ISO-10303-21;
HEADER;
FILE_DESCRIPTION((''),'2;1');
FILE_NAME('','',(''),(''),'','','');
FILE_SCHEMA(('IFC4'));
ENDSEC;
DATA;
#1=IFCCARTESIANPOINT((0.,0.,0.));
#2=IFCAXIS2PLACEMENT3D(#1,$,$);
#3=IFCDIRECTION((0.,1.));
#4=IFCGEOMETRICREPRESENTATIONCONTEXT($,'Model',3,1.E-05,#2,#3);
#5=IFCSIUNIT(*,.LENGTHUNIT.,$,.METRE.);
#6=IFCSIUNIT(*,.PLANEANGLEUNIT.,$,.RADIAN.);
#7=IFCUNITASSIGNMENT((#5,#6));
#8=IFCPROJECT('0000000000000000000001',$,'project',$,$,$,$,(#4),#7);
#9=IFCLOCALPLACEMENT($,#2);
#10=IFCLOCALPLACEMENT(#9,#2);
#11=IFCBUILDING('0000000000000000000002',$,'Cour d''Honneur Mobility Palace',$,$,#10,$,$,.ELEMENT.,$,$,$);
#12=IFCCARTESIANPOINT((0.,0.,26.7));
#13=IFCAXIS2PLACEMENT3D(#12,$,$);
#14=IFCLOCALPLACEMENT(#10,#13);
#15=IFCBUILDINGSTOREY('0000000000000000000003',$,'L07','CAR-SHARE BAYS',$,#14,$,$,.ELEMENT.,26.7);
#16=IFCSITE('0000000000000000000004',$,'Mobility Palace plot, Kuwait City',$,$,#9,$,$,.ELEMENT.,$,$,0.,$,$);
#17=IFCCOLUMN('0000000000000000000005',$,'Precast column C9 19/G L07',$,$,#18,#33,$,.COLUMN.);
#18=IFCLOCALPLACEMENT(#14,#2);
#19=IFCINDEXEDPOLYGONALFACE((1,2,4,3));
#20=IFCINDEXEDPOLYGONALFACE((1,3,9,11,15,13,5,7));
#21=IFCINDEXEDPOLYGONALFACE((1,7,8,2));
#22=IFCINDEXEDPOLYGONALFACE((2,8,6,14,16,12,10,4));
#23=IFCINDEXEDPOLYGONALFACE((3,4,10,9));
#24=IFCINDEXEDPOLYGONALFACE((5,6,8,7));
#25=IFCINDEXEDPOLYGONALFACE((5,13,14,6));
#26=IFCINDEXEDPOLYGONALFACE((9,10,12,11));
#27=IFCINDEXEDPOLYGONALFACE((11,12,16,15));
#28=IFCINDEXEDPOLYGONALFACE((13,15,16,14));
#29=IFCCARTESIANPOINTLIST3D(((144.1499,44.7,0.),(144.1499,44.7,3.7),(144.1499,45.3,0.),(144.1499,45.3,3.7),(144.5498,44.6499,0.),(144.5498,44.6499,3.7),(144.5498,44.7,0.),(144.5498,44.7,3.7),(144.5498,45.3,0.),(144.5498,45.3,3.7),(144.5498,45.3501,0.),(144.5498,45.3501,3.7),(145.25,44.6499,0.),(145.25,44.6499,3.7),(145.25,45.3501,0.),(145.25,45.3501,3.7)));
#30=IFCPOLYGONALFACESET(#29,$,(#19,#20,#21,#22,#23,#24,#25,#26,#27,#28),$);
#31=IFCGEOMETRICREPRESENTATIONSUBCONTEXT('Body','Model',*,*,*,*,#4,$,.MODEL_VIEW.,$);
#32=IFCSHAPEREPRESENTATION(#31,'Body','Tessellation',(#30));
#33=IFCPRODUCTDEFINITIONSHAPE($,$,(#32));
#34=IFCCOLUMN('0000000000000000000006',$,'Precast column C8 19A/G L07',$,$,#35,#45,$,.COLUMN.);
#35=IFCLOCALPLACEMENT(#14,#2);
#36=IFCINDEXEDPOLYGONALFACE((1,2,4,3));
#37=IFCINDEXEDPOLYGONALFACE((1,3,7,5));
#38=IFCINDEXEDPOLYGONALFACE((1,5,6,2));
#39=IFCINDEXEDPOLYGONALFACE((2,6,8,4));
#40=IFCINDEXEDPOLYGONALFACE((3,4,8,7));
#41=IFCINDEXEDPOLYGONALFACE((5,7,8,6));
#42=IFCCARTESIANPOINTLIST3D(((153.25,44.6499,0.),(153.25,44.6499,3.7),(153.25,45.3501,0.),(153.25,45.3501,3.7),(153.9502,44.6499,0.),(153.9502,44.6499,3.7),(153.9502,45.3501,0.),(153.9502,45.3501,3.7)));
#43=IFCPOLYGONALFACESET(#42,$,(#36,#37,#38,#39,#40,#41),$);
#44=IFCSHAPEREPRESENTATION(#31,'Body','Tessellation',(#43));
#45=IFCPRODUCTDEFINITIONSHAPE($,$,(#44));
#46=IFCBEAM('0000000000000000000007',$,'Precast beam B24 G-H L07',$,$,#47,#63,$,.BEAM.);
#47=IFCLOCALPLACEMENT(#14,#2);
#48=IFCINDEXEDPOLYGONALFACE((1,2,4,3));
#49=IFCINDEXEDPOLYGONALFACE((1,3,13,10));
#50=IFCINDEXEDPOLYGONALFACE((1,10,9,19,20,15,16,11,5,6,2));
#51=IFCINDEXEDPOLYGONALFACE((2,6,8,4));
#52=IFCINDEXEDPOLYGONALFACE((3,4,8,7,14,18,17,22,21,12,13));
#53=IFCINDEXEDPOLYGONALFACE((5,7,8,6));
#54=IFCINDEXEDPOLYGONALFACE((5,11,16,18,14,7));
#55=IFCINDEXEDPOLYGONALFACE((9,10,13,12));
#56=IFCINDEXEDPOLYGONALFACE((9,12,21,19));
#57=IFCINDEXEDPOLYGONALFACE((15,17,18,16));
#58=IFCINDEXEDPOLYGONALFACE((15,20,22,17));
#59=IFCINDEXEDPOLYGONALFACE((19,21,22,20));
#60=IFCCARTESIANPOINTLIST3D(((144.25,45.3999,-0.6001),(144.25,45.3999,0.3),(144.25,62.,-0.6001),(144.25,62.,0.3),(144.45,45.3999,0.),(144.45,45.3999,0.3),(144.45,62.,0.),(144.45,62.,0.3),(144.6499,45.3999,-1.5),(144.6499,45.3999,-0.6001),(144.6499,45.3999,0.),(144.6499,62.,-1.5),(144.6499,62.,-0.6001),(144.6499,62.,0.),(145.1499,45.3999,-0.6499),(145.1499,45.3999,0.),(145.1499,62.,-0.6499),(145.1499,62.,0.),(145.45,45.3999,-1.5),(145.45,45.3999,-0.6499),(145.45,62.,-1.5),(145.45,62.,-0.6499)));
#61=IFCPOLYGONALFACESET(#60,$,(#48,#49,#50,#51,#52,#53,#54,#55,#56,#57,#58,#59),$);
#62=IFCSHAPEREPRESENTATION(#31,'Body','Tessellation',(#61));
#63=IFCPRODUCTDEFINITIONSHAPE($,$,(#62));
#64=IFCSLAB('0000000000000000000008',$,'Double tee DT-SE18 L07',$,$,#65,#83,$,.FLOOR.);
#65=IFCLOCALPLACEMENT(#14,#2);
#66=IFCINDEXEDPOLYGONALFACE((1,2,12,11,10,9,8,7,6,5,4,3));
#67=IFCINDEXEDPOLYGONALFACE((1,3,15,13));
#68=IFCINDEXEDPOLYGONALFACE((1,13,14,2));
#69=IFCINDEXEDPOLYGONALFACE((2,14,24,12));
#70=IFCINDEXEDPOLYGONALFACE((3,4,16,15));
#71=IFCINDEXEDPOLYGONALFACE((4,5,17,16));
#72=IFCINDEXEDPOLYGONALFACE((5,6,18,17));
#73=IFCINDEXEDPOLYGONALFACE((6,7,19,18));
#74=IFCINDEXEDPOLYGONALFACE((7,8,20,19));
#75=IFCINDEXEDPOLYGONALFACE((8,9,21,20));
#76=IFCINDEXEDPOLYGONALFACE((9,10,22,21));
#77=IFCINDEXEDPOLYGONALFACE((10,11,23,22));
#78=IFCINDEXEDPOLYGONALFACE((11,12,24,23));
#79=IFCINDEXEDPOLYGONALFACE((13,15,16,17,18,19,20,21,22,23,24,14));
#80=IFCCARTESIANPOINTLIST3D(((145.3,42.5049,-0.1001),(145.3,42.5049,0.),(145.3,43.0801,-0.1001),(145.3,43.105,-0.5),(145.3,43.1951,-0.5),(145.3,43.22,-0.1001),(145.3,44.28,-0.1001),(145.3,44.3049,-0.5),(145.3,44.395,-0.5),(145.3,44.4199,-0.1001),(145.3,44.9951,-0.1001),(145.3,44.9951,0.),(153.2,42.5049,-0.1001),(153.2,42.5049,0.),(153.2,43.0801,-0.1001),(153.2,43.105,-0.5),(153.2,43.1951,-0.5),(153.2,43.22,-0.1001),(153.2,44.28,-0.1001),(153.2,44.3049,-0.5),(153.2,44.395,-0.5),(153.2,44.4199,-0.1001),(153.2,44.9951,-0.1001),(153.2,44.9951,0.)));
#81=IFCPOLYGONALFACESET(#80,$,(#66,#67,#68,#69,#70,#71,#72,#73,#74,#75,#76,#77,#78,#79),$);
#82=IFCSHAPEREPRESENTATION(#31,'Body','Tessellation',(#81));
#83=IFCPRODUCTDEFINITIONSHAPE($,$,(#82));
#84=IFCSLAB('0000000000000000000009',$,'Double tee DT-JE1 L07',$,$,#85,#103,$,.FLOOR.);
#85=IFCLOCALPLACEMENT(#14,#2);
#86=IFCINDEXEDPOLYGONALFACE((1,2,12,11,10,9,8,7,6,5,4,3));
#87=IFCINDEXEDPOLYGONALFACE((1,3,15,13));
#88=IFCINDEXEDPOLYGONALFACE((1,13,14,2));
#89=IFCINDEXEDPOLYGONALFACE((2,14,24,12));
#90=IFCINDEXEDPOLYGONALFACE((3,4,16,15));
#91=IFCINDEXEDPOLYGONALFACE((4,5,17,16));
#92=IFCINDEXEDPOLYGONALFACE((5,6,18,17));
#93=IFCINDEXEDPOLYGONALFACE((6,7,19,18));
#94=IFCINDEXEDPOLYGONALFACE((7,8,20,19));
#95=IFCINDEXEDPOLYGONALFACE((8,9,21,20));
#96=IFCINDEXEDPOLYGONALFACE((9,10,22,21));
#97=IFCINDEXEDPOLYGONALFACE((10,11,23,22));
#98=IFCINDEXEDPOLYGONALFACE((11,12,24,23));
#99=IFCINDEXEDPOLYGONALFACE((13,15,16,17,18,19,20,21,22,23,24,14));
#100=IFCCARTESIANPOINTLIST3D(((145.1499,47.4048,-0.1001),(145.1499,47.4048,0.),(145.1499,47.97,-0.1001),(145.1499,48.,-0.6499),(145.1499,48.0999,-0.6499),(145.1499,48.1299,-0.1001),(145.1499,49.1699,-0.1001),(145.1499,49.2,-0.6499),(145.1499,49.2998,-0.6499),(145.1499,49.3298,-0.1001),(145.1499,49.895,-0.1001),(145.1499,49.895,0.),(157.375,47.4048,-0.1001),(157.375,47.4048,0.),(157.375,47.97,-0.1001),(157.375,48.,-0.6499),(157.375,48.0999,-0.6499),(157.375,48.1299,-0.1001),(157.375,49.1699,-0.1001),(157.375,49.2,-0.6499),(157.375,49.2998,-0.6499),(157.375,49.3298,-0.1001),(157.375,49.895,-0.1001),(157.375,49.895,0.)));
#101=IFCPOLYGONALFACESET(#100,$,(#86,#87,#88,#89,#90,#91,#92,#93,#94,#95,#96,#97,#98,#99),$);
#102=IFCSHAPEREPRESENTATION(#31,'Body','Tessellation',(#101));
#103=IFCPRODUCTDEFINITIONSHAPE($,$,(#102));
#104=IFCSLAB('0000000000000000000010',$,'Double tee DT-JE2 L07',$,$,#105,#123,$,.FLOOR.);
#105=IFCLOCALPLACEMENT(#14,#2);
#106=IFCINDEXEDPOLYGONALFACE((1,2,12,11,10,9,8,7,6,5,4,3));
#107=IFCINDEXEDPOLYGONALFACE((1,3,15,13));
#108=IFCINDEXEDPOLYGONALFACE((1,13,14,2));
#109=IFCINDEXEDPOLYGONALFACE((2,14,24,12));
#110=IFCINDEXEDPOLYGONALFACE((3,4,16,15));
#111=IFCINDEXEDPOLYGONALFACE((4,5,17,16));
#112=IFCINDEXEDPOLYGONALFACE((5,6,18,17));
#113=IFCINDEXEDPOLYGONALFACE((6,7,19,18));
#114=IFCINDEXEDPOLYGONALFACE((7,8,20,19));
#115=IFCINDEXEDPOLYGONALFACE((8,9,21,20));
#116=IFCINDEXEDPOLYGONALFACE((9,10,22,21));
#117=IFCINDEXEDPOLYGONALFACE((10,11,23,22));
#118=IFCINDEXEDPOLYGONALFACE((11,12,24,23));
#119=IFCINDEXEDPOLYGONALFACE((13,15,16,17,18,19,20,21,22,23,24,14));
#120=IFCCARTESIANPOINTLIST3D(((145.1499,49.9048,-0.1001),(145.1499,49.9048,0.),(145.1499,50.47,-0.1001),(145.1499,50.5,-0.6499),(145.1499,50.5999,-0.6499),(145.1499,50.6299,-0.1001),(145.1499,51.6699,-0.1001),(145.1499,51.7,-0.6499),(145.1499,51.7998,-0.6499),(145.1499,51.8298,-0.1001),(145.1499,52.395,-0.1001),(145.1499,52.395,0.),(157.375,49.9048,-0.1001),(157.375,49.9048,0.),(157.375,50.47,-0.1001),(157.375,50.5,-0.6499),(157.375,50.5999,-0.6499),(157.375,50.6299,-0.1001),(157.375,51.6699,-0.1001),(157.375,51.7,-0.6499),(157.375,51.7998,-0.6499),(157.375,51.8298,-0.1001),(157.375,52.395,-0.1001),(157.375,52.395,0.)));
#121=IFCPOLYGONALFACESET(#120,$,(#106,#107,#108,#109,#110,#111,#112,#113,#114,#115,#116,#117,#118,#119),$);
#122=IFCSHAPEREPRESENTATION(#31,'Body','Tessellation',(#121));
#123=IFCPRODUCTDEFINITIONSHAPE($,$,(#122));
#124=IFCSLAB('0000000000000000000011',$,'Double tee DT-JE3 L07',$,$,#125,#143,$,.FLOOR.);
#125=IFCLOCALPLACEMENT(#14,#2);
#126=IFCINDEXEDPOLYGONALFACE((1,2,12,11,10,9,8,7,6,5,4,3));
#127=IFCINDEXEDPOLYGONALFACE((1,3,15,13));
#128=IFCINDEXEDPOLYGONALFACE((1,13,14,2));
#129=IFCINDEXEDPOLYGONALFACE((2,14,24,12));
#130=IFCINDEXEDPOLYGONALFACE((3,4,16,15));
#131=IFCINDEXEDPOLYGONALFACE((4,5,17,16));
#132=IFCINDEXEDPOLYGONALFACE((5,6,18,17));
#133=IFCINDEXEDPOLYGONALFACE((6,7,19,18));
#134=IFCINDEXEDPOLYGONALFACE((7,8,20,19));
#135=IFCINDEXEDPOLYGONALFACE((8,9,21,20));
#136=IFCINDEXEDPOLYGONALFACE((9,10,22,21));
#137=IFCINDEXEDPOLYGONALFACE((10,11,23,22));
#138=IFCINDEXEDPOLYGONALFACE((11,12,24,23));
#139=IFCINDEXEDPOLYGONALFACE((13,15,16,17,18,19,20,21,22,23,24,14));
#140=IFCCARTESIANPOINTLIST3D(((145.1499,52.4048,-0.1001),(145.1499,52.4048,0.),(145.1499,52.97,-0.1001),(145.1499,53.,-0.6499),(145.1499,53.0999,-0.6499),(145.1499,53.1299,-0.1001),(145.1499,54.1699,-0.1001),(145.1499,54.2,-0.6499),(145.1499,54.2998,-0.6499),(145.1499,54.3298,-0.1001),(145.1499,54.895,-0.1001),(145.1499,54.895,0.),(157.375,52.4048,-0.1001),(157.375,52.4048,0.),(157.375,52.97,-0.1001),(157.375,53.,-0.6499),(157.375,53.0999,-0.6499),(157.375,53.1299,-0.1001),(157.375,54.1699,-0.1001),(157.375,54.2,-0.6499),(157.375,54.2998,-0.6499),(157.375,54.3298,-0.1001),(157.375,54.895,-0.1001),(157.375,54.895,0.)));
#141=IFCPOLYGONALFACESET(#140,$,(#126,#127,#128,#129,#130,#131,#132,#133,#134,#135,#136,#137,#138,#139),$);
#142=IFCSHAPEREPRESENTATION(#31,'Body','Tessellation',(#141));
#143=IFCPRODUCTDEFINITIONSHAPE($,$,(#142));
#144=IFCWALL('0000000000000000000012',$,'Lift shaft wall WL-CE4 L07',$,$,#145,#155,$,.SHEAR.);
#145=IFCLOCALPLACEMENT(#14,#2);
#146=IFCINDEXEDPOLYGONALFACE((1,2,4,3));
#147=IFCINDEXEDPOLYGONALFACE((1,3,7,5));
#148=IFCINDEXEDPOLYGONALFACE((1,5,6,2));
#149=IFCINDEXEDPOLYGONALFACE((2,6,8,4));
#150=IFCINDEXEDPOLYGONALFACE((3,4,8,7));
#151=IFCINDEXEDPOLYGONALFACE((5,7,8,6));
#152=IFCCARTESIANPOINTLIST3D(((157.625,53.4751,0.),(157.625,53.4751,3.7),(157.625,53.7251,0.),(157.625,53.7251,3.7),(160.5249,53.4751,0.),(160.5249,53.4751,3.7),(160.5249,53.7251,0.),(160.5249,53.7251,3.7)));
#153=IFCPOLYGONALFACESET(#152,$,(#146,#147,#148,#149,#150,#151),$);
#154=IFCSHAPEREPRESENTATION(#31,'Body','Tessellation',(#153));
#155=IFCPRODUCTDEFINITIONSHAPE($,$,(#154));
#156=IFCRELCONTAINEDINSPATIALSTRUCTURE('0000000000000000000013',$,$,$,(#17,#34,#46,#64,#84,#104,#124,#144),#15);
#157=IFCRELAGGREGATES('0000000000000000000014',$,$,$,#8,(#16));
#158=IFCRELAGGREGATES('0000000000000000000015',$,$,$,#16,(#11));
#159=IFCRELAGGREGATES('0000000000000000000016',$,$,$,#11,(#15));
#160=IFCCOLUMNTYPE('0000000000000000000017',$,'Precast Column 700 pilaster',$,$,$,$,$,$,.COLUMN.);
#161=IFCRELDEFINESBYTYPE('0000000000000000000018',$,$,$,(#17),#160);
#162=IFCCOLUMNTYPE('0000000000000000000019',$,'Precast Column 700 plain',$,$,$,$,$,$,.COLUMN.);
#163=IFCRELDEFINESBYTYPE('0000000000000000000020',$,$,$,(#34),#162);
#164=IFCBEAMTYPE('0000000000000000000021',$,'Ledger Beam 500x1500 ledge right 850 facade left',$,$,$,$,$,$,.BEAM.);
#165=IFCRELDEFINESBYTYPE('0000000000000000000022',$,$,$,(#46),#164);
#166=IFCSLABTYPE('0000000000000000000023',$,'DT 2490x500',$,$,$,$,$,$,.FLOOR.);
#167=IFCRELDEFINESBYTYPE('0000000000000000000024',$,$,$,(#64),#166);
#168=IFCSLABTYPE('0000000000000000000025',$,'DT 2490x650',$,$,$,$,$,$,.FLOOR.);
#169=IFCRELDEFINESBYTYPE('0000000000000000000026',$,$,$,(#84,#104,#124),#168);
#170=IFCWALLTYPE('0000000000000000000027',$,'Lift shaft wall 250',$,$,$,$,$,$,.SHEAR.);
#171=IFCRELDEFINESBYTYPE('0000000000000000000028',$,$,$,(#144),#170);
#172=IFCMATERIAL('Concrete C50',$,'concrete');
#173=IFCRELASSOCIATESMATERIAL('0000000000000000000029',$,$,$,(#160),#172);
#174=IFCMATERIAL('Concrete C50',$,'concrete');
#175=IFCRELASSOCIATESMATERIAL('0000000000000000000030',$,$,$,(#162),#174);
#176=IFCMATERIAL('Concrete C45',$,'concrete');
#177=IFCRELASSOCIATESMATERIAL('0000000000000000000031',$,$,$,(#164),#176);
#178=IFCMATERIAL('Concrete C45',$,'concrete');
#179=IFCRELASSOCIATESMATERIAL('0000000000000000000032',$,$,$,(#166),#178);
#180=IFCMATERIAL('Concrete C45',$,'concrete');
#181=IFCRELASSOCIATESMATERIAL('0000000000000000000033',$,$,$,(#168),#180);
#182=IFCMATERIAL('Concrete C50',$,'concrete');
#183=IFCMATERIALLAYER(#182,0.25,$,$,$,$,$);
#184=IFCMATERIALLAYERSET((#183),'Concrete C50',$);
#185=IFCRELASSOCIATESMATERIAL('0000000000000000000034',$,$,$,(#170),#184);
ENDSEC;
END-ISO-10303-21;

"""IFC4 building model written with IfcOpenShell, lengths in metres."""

from ifc_helpers import new_model, si_unit, direction, frame, frame_2d, origin, place, context, subcontext, project, spatial, polyline, rectangle, outline, extrude, material, layer, layer_set, material_profile, profile_set, type_object, element, save


model = new_model("IFC4")

# Units and contexts
model_context = context("Model", 3, precision=1e-05, world=origin(), true_north=direction((0.0, 1.0)))
body_context = subcontext(model_context, "Body", "Model", "MODEL_VIEW")
ifc_project = project(units=[si_unit("LENGTHUNIT", "METRE"), si_unit("PLANEANGLEUNIT", "RADIAN")], contexts=[model_context])

# Site, building, storey
site_placement = place(None, origin())
site = spatial("IfcSite", under=ifc_project, at=site_placement, Name="Mobility Palace plot, Kuwait City", CompositionType="ELEMENT", RefElevation=0.0)
building_placement = place(site_placement, origin())
building = spatial("IfcBuilding", under=site, at=building_placement, Name="Cour d'Honneur Mobility Palace", CompositionType="ELEMENT")
storey_placement = place(building_placement, frame((0.0, 0.0, 26.7)))
storey = spatial("IfcBuildingStorey", under=building, at=storey_placement, Name="L07", Description="CAR-SHARE BAYS", CompositionType="ELEMENT", Elevation=26.7)

# Columns
ifc_material_1 = material(Name="Concrete C50", Category="concrete")
ifc_material_profile_1 = material_profile(ifc_material_1, outline(polyline([(-0.3501, -0.3501), (0.3501, -0.3501), (0.3501, -0.3), (0.75, -0.3), (0.75, 0.3), (0.3501, 0.3), (0.3501, 0.3501), (-0.3501, 0.3501), (-0.3501, -0.3501)])), Name="PC C700 pilaster")
ifc_profile_set_1 = profile_set([ifc_material_profile_1], Name="Concrete C50")
column_type_1 = type_object("IfcColumnType", Name="Precast Column 700 pilaster", PredefinedType="COLUMN", material=ifc_profile_set_1)
column_1_placement = place(storey_placement, frame((144.8999, 45.0, 0.0), z_axis=(0.0, 0.0, 1.0), x_axis=(-1.0, 0.0, 0.0)))
element("IfcColumn", 1, at=column_1_placement, inside=storey, type_object=column_type_1, Name="Precast column C9 19/G L07", PredefinedType="COLUMN", context=body_context, shape_type="SweptSolid", body=[
    extrude(outline(polyline([(-0.3501, -0.3501), (0.3501, -0.3501), (0.3501, -0.3), (0.75, -0.3), (0.75, 0.3), (0.3501, 0.3), (0.3501, 0.3501), (-0.3501, 0.3501), (-0.3501, -0.3501)])), origin(), (0.0, 0.0, 1.0), 3.7),
])
ifc_material_2 = material(Name="Concrete C50", Category="concrete")
ifc_material_profile_2 = material_profile(ifc_material_2, outline(polyline([(-0.3501, -0.3501), (0.3501, -0.3501), (0.3501, 0.3501), (-0.3501, 0.3501), (-0.3501, -0.3501)])), Name="PC C700 plain")
ifc_profile_set_2 = profile_set([ifc_material_profile_2], Name="Concrete C50")
column_type_2 = type_object("IfcColumnType", Name="Precast Column 700 plain", PredefinedType="COLUMN", material=ifc_profile_set_2)
column_2_placement = place(storey_placement, frame((153.6001, 45.0, 0.0), z_axis=(0.0, 0.0, 1.0), x_axis=(1.0, 0.0, 0.0)))
element("IfcColumn", 2, at=column_2_placement, inside=storey, type_object=column_type_2, Name="Precast column C8 19A/G L07", PredefinedType="COLUMN", context=body_context, shape_type="SweptSolid", body=[
    extrude(outline(polyline([(-0.3501, -0.3501), (0.3501, -0.3501), (0.3501, 0.3501), (-0.3501, 0.3501), (-0.3501, -0.3501)])), origin(), (0.0, 0.0, 1.0), 3.7),
])

# Beam
ifc_material_3 = material(Name="Concrete C45", Category="concrete")
ifc_material_profile_3 = material_profile(ifc_material_3, outline(polyline([(0.25, -1.5), (0.25, -0.6001), (0.6499, -0.6001), (0.6499, 0.3), (0.45, 0.3), (0.45, 0.0), (0.25, 0.0), (-0.25, 0.0), (-0.25, -0.6499), (-0.55, -0.6499), (-0.55, -1.5), (0.25, -1.5)])), Name="Ledger Beam 500x1500 ledge right 850 facade left")
ifc_profile_set_3 = profile_set([ifc_material_profile_3], Name="Concrete C45")
beam_type = type_object("IfcBeamType", Name="Ledger Beam 500x1500 ledge right 850 facade left", PredefinedType="BEAM", material=ifc_profile_set_3)
beam_placement = place(storey_placement, frame((144.8999, 45.3999, 0.0), z_axis=(0.0, 1.0, 0.0), x_axis=(-1.0, 0.0, 0.0)))
element("IfcBeam", 3, at=beam_placement, inside=storey, type_object=beam_type, Name="Precast beam B24 G-H L07", PredefinedType="BEAM", context=body_context, shape_type="SweptSolid", body=[
    extrude(outline(polyline([(0.25, -1.5), (0.25, -0.6001), (0.6499, -0.6001), (0.6499, 0.3), (0.45, 0.3), (0.45, 0.0), (0.25, 0.0), (-0.25, 0.0), (-0.25, -0.6499), (-0.55, -0.6499), (-0.55, -1.5), (0.25, -1.5)])), origin(), (0.0, 0.0, 1.0), 16.6001),
])

# Slabs
ifc_material_4 = material(Name="Concrete C45", Category="concrete")
ifc_material_profile_4 = material_profile(ifc_material_4, outline(polyline([(-1.2451, 0.0), (1.2451, 0.0), (1.2451, -0.1001), (0.6699, -0.1001), (0.645, -0.5), (0.5549, -0.5), (0.53, -0.1001), (-0.53, -0.1001), (-0.5549, -0.5), (-0.645, -0.5), (-0.6699, -0.1001), (-1.2451, -0.1001), (-1.2451, 0.0)])), Name="DT 2490x500")
ifc_profile_set_4 = profile_set([ifc_material_profile_4], Name="Concrete C45")
slab_type_1 = type_object("IfcSlabType", Name="DT 2490x500", PredefinedType="FLOOR", material=ifc_profile_set_4)
slab_placement = place(storey_placement, frame((145.3, 43.75, 0.0), z_axis=(1.0, 0.0, 0.0), x_axis=(0.0, 1.0, 0.0)))
element("IfcSlab", 4, at=slab_placement, inside=storey, type_object=slab_type_1, Name="Double tee DT-SE18 L07", PredefinedType="FLOOR", context=body_context, shape_type="SweptSolid", body=[
    extrude(outline(polyline([(-1.2451, 0.0), (1.2451, 0.0), (1.2451, -0.1001), (0.6699, -0.1001), (0.645, -0.5), (0.5549, -0.5), (0.53, -0.1001), (-0.53, -0.1001), (-0.5549, -0.5), (-0.645, -0.5), (-0.6699, -0.1001), (-1.2451, -0.1001), (-1.2451, 0.0)])), origin(), (0.0, 0.0, 1.0), 7.8999),
])
ifc_material_5 = material(Name="Concrete C45", Category="concrete")
ifc_material_profile_5 = material_profile(ifc_material_5, outline(polyline([(-1.2451, 0.0), (1.2451, 0.0), (1.2451, -0.1001), (0.6799, -0.1001), (0.6499, -0.6499), (0.55, -0.6499), (0.52, -0.1001), (-0.52, -0.1001), (-0.55, -0.6499), (-0.6499, -0.6499), (-0.6799, -0.1001), (-1.2451, -0.1001), (-1.2451, 0.0)])), Name="DT 2490x650")
ifc_profile_set_5 = profile_set([ifc_material_profile_5], Name="Concrete C45")
slab_type_2 = type_object("IfcSlabType", Name="DT 2490x650", PredefinedType="FLOOR", material=ifc_profile_set_5)
for number, where, z_axis, x_axis, name in (
    (5, (145.1499, 48.6499, 0.0), (1.0, 0.0, 0.0), (0.0, 1.0, 0.0), "Double tee DT-JE1 L07"),
    (6, (145.1499, 51.1499, 0.0), (1.0, 0.0, 0.0), (0.0, 1.0, 0.0), "Double tee DT-JE2 L07"),
    (7, (145.1499, 53.6499, 0.0), (1.0, 0.0, 0.0), (0.0, 1.0, 0.0), "Double tee DT-JE3 L07"),
):
    element("IfcSlab", number, at=place(storey_placement, frame(where, z_axis=z_axis, x_axis=x_axis)), inside=storey, type_object=slab_type_2, Name=name, PredefinedType="FLOOR", context=body_context, shape_type="SweptSolid", body=[
        extrude(outline(polyline([(-1.2451, 0.0), (1.2451, 0.0), (1.2451, -0.1001), (0.6799, -0.1001), (0.6499, -0.6499), (0.55, -0.6499), (0.52, -0.1001), (-0.52, -0.1001), (-0.55, -0.6499), (-0.6499, -0.6499), (-0.6799, -0.1001), (-1.2451, -0.1001), (-1.2451, 0.0)])), origin(), (0.0, 0.0, 1.0), 12.2251),
    ])

# Wall
ifc_material_6 = material(Name="Concrete C50", Category="concrete")
ifc_layer_1 = layer(ifc_material_6, 0.25)
ifc_layer_set_1 = layer_set([ifc_layer_1], Name="Concrete C50")
wall_type_1 = type_object("IfcWallType", Name="Lift shaft wall 250", PredefinedType="SHEAR", material=ifc_layer_set_1)
wall_1_placement = place(storey_placement, frame((157.625, 53.6001, 0.0), z_axis=(0.0, 0.0, 1.0), x_axis=(1.0, 0.0, 0.0)))
element("IfcWall", 8, at=wall_1_placement, inside=storey, type_object=wall_type_1, Name="Lift shaft wall WL-CE4 L07", PredefinedType="SHEAR", context=body_context, shape_type="SweptSolid", body=[
    extrude(rectangle(XDim=2.8999, YDim=0.25, at=frame_2d((1.45, 0.0))), origin(), (0.0, 0.0, 1.0), 3.7),
])

save(model, "model.ifc")
